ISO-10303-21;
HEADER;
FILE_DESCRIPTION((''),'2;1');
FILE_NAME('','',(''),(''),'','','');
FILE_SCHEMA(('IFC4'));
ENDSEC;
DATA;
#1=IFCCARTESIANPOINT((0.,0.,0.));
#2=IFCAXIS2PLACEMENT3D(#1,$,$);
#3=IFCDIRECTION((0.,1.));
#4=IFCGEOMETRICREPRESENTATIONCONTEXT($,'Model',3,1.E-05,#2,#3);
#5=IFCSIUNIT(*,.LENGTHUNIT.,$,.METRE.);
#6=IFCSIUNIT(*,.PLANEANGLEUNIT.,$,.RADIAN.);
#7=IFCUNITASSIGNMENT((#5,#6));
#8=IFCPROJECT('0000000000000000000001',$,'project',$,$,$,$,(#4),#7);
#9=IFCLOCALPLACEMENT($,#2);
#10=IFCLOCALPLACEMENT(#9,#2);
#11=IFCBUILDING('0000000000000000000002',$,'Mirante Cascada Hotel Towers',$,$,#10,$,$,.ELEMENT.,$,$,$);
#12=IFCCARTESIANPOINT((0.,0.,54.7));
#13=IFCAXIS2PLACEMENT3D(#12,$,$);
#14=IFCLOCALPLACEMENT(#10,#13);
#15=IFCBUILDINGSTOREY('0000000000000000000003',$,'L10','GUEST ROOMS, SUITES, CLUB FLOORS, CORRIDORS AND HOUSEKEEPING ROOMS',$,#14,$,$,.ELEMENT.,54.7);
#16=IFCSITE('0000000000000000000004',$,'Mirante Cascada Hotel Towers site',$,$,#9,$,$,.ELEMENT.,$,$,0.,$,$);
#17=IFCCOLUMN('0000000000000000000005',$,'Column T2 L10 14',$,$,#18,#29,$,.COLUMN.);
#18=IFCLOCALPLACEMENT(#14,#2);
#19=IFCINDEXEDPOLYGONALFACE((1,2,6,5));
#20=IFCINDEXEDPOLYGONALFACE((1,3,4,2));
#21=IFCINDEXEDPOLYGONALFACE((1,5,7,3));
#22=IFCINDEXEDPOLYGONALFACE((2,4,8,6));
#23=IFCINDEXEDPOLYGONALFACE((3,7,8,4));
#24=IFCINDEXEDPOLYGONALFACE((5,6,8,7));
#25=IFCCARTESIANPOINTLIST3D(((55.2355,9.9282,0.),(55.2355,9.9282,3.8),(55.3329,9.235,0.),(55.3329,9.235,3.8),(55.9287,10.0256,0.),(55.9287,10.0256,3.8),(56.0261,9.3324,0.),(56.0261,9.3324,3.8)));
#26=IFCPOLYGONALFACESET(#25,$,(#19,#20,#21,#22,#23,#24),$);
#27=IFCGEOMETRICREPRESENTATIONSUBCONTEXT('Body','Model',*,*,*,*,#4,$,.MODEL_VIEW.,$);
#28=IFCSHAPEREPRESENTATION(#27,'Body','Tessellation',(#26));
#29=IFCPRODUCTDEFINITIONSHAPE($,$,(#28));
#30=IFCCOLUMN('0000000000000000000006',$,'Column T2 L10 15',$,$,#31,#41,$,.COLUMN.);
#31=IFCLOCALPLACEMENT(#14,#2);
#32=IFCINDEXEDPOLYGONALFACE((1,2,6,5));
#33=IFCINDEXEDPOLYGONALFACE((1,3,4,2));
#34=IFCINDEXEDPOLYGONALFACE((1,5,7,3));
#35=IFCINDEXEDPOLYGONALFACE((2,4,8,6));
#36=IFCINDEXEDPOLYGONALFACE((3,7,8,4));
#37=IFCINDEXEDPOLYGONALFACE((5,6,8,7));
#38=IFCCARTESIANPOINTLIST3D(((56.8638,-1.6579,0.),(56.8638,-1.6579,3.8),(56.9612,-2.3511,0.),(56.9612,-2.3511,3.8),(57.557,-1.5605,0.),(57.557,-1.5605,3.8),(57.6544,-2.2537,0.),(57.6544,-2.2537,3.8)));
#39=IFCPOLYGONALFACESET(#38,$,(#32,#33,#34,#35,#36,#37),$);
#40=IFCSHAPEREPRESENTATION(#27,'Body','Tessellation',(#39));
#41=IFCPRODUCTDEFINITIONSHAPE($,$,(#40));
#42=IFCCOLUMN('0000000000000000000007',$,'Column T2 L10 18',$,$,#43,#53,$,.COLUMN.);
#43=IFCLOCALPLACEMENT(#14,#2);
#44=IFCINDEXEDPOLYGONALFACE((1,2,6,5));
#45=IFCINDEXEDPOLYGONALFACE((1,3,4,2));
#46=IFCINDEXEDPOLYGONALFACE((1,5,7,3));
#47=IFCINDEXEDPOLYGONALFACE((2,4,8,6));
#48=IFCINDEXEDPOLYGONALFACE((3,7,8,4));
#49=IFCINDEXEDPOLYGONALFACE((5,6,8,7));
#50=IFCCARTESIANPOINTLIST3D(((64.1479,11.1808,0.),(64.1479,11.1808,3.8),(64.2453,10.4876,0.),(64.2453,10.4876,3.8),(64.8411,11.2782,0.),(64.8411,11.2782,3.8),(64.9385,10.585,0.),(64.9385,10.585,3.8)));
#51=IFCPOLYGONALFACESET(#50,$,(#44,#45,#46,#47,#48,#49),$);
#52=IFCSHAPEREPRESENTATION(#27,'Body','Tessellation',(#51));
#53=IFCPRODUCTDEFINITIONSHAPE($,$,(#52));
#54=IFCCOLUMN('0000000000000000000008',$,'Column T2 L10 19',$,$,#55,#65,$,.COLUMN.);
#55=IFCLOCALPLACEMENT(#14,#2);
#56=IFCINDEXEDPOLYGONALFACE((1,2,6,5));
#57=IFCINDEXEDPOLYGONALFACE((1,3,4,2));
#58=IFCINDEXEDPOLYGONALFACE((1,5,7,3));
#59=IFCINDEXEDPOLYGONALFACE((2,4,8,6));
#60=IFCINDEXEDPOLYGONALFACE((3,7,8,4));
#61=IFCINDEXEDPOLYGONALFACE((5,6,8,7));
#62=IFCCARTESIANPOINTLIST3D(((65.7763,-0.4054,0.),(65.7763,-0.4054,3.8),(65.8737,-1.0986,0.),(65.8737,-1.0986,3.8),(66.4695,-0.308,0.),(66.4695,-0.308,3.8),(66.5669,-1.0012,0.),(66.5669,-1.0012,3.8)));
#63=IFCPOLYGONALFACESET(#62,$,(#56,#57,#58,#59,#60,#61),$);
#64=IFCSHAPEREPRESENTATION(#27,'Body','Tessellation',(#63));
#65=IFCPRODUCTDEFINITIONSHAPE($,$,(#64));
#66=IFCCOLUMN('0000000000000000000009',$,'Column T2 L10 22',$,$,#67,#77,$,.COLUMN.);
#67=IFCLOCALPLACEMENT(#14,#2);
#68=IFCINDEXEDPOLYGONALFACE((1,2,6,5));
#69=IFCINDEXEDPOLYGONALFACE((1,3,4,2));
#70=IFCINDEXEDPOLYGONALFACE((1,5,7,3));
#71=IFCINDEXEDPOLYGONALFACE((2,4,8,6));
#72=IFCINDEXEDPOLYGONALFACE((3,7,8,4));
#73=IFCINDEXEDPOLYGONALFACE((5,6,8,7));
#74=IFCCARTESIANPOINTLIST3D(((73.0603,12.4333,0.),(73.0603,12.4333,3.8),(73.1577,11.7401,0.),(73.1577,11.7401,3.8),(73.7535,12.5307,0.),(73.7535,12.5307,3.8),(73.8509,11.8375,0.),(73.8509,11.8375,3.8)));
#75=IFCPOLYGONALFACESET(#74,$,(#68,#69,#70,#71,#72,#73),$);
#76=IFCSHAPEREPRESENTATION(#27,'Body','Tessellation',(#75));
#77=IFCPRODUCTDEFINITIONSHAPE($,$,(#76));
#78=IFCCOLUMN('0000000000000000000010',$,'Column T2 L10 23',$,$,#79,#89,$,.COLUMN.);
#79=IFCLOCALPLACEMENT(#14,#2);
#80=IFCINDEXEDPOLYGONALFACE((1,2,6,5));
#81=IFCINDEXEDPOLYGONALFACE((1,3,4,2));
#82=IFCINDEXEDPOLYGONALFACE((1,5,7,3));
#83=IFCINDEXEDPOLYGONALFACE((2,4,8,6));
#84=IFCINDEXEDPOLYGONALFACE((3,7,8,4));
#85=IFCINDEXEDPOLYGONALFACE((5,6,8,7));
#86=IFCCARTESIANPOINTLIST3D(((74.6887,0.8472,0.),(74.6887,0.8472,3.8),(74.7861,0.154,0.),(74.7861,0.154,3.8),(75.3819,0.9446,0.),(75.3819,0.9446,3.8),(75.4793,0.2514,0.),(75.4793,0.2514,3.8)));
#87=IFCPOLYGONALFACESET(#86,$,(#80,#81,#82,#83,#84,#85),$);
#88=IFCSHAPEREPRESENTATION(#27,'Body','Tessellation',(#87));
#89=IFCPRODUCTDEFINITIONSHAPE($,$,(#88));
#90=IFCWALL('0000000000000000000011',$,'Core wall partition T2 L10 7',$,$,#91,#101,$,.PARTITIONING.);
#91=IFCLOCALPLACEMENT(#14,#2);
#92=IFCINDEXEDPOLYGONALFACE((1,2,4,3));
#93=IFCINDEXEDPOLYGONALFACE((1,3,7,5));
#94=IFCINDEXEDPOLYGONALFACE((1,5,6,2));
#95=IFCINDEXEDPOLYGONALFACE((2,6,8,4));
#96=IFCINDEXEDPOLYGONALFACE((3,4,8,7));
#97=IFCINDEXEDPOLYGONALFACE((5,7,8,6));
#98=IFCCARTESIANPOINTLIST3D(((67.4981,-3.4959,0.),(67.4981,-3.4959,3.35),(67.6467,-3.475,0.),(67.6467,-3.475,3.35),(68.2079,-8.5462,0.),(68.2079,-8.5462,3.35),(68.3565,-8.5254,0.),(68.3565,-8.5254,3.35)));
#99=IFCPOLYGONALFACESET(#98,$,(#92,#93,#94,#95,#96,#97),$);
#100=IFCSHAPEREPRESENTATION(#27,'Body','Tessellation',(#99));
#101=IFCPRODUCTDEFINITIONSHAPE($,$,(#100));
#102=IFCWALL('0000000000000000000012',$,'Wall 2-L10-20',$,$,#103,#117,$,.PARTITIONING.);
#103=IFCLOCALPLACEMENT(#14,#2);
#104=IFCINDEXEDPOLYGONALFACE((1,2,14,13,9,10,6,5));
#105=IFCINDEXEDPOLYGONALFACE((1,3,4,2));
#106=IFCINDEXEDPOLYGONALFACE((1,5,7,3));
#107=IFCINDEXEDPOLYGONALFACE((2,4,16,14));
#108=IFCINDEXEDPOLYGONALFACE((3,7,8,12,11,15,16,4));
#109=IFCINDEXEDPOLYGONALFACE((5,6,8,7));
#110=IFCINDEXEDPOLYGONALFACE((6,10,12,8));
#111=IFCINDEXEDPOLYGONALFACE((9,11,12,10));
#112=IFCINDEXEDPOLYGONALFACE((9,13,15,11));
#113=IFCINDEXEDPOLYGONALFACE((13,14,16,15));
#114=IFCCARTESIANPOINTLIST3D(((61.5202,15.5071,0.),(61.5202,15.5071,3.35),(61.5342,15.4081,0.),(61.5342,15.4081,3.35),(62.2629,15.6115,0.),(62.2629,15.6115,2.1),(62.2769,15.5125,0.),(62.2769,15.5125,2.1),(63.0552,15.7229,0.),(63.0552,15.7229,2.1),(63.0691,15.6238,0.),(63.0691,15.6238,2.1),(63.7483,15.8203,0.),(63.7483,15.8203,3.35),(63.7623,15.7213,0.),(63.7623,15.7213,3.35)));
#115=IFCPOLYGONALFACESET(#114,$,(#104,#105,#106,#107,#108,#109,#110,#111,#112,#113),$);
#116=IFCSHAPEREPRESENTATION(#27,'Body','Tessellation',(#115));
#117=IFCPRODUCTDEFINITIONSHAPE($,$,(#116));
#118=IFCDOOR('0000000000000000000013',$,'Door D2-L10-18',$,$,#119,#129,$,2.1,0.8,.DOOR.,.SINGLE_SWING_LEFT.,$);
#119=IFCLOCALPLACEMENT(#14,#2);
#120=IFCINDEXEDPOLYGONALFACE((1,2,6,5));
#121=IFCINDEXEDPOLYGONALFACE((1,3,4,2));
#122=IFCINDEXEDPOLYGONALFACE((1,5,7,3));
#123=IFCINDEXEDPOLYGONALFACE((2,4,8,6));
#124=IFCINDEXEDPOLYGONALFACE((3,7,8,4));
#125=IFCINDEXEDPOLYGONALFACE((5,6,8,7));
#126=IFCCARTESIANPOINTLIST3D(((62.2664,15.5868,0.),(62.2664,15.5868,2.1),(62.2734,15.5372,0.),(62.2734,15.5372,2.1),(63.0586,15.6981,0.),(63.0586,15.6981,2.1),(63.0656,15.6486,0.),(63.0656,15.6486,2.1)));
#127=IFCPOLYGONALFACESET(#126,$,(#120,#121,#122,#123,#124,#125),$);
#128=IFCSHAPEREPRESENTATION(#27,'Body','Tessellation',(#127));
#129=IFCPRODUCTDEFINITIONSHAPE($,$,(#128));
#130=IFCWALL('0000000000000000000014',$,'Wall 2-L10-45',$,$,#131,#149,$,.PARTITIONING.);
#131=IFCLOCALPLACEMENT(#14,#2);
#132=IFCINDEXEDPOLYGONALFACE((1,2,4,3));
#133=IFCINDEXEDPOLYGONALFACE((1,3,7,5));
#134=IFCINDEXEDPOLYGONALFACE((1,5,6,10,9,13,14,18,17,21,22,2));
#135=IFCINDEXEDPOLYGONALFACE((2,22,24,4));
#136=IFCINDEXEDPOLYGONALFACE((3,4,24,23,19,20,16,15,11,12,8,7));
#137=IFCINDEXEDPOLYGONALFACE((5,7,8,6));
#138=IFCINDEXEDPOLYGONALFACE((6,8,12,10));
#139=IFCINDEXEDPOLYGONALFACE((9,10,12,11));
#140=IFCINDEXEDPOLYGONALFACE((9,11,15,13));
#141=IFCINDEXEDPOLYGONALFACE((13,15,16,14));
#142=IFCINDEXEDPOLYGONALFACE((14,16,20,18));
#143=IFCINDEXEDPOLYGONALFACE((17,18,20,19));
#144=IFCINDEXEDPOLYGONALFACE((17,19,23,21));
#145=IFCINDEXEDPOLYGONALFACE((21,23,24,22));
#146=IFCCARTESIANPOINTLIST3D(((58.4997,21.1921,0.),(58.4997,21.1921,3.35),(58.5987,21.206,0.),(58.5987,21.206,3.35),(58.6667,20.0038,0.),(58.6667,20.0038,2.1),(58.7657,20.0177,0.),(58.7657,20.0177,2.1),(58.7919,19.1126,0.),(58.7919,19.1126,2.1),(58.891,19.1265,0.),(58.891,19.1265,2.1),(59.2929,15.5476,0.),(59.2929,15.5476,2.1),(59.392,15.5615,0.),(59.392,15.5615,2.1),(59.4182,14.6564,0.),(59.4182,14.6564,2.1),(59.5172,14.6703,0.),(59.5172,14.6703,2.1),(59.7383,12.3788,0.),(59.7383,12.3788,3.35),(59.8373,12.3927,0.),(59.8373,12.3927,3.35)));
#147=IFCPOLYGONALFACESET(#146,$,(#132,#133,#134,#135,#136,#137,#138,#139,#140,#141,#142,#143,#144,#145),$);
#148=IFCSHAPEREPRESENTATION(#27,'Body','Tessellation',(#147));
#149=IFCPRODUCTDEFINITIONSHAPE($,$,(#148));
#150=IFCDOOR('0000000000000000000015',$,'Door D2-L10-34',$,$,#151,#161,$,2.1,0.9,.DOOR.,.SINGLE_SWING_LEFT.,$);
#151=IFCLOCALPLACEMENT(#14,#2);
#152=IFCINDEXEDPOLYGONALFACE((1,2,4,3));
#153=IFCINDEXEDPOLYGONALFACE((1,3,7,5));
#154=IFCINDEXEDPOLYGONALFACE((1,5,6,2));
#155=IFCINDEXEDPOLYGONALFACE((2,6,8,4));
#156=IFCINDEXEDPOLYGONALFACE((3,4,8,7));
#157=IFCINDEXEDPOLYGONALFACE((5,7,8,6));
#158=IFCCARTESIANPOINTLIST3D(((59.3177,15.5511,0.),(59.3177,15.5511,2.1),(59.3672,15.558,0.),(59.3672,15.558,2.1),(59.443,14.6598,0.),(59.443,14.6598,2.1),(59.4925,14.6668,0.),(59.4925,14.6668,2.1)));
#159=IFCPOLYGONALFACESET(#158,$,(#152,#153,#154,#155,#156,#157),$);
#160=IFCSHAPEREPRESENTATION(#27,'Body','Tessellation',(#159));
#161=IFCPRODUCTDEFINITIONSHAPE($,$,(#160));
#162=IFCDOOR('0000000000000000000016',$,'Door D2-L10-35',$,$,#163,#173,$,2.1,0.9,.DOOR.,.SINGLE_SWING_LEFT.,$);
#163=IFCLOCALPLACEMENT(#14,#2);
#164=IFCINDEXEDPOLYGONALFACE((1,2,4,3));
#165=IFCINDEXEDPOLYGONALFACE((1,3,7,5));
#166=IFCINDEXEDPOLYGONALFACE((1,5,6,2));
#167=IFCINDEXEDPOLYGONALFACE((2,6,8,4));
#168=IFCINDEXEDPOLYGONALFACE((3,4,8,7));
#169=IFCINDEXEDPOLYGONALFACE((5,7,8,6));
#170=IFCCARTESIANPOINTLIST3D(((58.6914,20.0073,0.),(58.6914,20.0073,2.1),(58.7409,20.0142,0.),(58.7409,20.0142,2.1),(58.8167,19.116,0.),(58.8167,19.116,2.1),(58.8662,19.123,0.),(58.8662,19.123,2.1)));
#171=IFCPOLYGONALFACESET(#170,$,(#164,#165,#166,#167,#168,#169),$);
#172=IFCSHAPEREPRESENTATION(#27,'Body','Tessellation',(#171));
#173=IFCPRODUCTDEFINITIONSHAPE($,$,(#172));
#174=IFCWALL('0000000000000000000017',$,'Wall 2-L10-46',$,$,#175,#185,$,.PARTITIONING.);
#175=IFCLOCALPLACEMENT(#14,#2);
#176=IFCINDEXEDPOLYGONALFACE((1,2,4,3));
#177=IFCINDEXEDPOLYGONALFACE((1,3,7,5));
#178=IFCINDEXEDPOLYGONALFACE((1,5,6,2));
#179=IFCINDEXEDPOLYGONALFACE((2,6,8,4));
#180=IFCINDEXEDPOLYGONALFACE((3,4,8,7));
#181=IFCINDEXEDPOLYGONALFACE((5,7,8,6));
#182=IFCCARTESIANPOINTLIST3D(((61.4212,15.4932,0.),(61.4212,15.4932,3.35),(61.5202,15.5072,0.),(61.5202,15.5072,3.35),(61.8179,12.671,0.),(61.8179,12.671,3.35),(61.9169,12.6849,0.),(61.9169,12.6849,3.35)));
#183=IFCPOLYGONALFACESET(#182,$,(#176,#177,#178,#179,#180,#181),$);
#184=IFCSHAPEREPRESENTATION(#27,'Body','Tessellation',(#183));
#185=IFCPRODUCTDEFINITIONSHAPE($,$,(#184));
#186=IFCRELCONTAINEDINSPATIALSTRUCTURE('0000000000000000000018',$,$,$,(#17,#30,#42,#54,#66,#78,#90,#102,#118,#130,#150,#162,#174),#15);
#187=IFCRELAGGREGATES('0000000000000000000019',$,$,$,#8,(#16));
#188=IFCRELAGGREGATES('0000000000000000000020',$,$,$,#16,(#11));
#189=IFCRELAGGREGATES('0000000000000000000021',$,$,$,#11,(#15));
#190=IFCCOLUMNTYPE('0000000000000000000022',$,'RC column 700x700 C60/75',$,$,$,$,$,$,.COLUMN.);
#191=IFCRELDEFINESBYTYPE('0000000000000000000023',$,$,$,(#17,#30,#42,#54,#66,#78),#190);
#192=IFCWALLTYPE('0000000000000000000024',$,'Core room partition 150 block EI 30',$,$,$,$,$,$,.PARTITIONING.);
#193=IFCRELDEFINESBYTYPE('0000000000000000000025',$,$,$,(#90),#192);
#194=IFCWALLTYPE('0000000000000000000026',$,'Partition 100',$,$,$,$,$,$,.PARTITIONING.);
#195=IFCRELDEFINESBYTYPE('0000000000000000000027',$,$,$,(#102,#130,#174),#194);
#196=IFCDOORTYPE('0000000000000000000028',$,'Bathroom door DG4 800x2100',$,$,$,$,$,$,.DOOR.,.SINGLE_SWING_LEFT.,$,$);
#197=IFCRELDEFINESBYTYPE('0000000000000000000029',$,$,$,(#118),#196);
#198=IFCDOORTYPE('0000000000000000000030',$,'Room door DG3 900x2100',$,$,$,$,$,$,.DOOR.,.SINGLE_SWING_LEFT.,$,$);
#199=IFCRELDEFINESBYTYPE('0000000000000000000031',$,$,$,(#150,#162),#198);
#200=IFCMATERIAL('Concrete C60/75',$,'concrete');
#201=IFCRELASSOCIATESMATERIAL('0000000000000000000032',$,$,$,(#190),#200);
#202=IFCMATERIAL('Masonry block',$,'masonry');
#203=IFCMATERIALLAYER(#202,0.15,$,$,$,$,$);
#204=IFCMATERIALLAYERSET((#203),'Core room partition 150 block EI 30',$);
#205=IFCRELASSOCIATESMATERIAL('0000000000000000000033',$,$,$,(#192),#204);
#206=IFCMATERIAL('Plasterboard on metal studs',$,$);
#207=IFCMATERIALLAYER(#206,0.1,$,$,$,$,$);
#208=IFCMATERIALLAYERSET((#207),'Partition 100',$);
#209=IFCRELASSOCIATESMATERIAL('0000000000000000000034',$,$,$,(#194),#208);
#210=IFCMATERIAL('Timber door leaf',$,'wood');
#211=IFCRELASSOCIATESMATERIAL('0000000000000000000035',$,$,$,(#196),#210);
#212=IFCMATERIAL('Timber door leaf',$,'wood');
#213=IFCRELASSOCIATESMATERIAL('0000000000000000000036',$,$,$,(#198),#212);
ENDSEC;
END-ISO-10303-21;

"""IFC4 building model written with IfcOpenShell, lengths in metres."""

from ifc_helpers import new_model, si_unit, direction, frame, frame_2d, origin, origin_2d, place, context, subcontext, project, spatial, rectangle, extrude, material, layer, layer_set, material_profile, profile_set, type_object, element, fill, save


model = new_model("IFC4")

# Units and contexts
model_context = context("Model", 3, precision=1e-05, world=origin(), true_north=direction((0.0, 1.0)))
body_context = subcontext(model_context, "Body", "Model", "MODEL_VIEW")
ifc_project = project(units=[si_unit("LENGTHUNIT", "METRE"), si_unit("PLANEANGLEUNIT", "RADIAN")], contexts=[model_context])

# Site, building, storey
site_placement = place(None, origin())
site = spatial("IfcSite", under=ifc_project, at=site_placement, Name="Mirante Cascada Hotel Towers site", CompositionType="ELEMENT", RefElevation=0.0)
building_placement = place(site_placement, origin())
building = spatial("IfcBuilding", under=site, at=building_placement, Name="Mirante Cascada Hotel Towers", CompositionType="ELEMENT")
storey_placement = place(building_placement, frame((0.0, 0.0, 54.7)))
storey = spatial("IfcBuildingStorey", under=building, at=storey_placement, Name="L10", Description="GUEST ROOMS, SUITES, CLUB FLOORS, CORRIDORS AND HOUSEKEEPING ROOMS", CompositionType="ELEMENT", Elevation=54.7)

# Columns
ifc_material_1 = material(Name="Concrete C60/75", Category="concrete")
ifc_material_profile = material_profile(ifc_material_1, rectangle(XDim=0.7, YDim=0.7, at=origin_2d()), Name="RC column 700x700 C60/75")
ifc_profile_set = profile_set([ifc_material_profile], Name="Concrete C60/75")
column_type = type_object("IfcColumnType", Name="RC column 700x700 C60/75", PredefinedType="COLUMN", material=ifc_profile_set)
for number, where, z_axis, x_axis, name in (
    (1, (55.6308, 9.6303, 0.0), (0.0, 0.0, 1.0), (0.990268, 0.139173, 0.0), "Column T2 L10 14"),
    (2, (57.2591, -1.9558, 0.0), (0.0, 0.0, 1.0), (0.990268, 0.139173, 0.0), "Column T2 L10 15"),
    (3, (64.5432, 10.8829, 0.0), (0.0, 0.0, 1.0), (0.990268, 0.139173, 0.0), "Column T2 L10 18"),
    (4, (66.1716, -0.7033, 0.0), (0.0, 0.0, 1.0), (0.990268, 0.139173, 0.0), "Column T2 L10 19"),
    (5, (73.4556, 12.1354, 0.0), (0.0, 0.0, 1.0), (0.990268, 0.139173, 0.0), "Column T2 L10 22"),
    (6, (75.084, 0.5493, 0.0), (0.0, 0.0, 1.0), (0.990268, 0.139173, 0.0), "Column T2 L10 23"),
):
    element("IfcColumn", number, at=place(storey_placement, frame(where, z_axis=z_axis, x_axis=x_axis)), inside=storey, type_object=column_type, Name=name, PredefinedType="COLUMN", context=body_context, shape_type="SweptSolid", body=[
        extrude(rectangle(XDim=0.7, YDim=0.7, at=origin_2d()), origin(), (0.0, 0.0, 1.0), 3.8),
    ])

# Wall
ifc_material_2 = material(Name="Masonry block", Category="masonry")
ifc_layer_1 = layer(ifc_material_2, 0.15)
ifc_layer_set_1 = layer_set([ifc_layer_1], Name="Core room partition 150 block EI 30")
wall_type_1 = type_object("IfcWallType", Name="Core room partition 150 block EI 30", PredefinedType="PARTITIONING", material=ifc_layer_set_1)
wall_1_placement = place(storey_placement, frame((68.2822, -8.5358, 0.0), z_axis=(0.0, 0.0, 1.0), x_axis=(-0.139176, 0.990268, 0.0)))
element("IfcWall", 7, at=wall_1_placement, inside=storey, type_object=wall_type_1, Name="Core wall partition T2 L10 7", PredefinedType="PARTITIONING", context=body_context, shape_type="SweptSolid", body=[
    extrude(rectangle(XDim=5.1, YDim=0.15, at=frame_2d((2.55, 0.0))), origin(), (0.0, 0.0, 1.0), 3.35),
])

# Wall, opening, door
ifc_material_3 = material(Name="Plasterboard on metal studs")
ifc_layer_2 = layer(ifc_material_3, 0.1)
ifc_layer_set_2 = layer_set([ifc_layer_2], Name="Partition 100")
wall_type_2 = type_object("IfcWallType", Name="Partition 100", PredefinedType="PARTITIONING", material=ifc_layer_set_2)
wall_2_placement = place(storey_placement, frame((63.7553, 15.7708, 0.0), z_axis=(0.0, 0.0, 1.0), x_axis=(-0.990264, -0.1392, 0.0)))
wall_2 = element("IfcWall", 8, at=wall_2_placement, inside=storey, type_object=wall_type_2, Name="Wall 2-L10-20", PredefinedType="PARTITIONING", context=body_context, shape_type="SweptSolid", body=[
    extrude(rectangle(XDim=2.25, YDim=0.1, at=frame_2d((1.125, 0.0))), origin(), (0.0, 0.0, 1.0), 3.35),
])
opening_1_placement = place(wall_2_placement, frame((0.7, 0.0, 0.0)))
opening_1 = element("IfcOpeningElement", 9, at=opening_1_placement, cuts=wall_2, PredefinedType="OPENING", context=body_context, shape_type="SweptSolid", body=[
    extrude(rectangle(XDim=0.8, YDim=2.1, at=frame_2d((0.4, 1.05))), frame((0.0, 0.05, 0.0), z_axis=(0.0, -1.0, 0.0), x_axis=(1.0, 0.0, 0.0)), (0.0, 0.0, 1.0), 0.1),
])
ifc_material_4 = material(Name="Timber door leaf", Category="wood")
door_type_1 = type_object("IfcDoorType", Name="Bathroom door DG4 800x2100", OperationType="SINGLE_SWING_LEFT", PredefinedType="DOOR", material=ifc_material_4)
door_1_placement = place(opening_1_placement, origin())
door_1 = element("IfcDoor", 10, at=door_1_placement, inside=storey, type_object=door_type_1, Name="Door D2-L10-18", OperationType="SINGLE_SWING_LEFT", OverallHeight=2.1, OverallWidth=0.8, PredefinedType="DOOR", context=body_context, shape_type="SweptSolid", body=[
    extrude(rectangle(XDim=0.8, YDim=2.1, at=frame_2d((0.4, 1.05))), frame((0.0, 0.025, 0.0), z_axis=(0.0, -1.0, 0.0), x_axis=(1.0, 0.0, 0.0)), (0.0, 0.0, 1.0), 0.05),
])
fill(opening_1, door_1)

# Wall, openings, doors
wall_3_placement = place(storey_placement, frame((59.7878, 12.3857, 0.0), z_axis=(0.0, 0.0, 1.0), x_axis=(-0.13917, 0.990268, 0.0)))
wall_3 = element("IfcWall", 11, at=wall_3_placement, inside=storey, type_object=wall_type_2, Name="Wall 2-L10-45", PredefinedType="PARTITIONING", context=body_context, shape_type="SweptSolid", body=[
    extrude(rectangle(XDim=8.8999, YDim=0.1, at=frame_2d((4.45, 0.0))), origin(), (0.0, 0.0, 1.0), 3.35),
])
opening_2_placement = place(wall_3_placement, frame((2.3, 0.0, 0.0)))
opening_2 = element("IfcOpeningElement", 12, at=opening_2_placement, cuts=wall_3, PredefinedType="OPENING", context=body_context, shape_type="SweptSolid", body=[
    extrude(rectangle(XDim=0.9, YDim=2.1, at=frame_2d((0.45, 1.05))), frame((0.0, 0.05, 0.0), z_axis=(0.0, -1.0, 0.0), x_axis=(1.0, 0.0, 0.0)), (0.0, 0.0, 1.0), 0.1),
])
opening_3_placement = place(wall_3_placement, frame((6.8, 0.0, 0.0)))
opening_3 = element("IfcOpeningElement", 13, at=opening_3_placement, cuts=wall_3, PredefinedType="OPENING", context=body_context, shape_type="SweptSolid", body=[
    extrude(rectangle(XDim=0.9, YDim=2.1, at=frame_2d((0.45, 1.05))), frame((0.0, 0.05, 0.0), z_axis=(0.0, -1.0, 0.0), x_axis=(1.0, 0.0, 0.0)), (0.0, 0.0, 1.0), 0.1),
])
ifc_material_5 = material(Name="Timber door leaf", Category="wood")
door_type_2 = type_object("IfcDoorType", Name="Room door DG3 900x2100", OperationType="SINGLE_SWING_LEFT", PredefinedType="DOOR", material=ifc_material_5)
door_2_placement = place(opening_2_placement, origin())
door_2 = element("IfcDoor", 14, at=door_2_placement, inside=storey, type_object=door_type_2, Name="Door D2-L10-34", OperationType="SINGLE_SWING_LEFT", OverallHeight=2.1, OverallWidth=0.9, PredefinedType="DOOR", context=body_context, shape_type="SweptSolid", body=[
    extrude(rectangle(XDim=0.9, YDim=2.1, at=frame_2d((0.45, 1.05))), frame((0.0, 0.025, 0.0), z_axis=(0.0, -1.0, 0.0), x_axis=(1.0, 0.0, 0.0)), (0.0, 0.0, 1.0), 0.05),
])
fill(opening_2, door_2)
door_3_placement = place(opening_3_placement, origin())
door_3 = element("IfcDoor", 15, at=door_3_placement, inside=storey, type_object=door_type_2, Name="Door D2-L10-35", OperationType="SINGLE_SWING_LEFT", OverallHeight=2.1, OverallWidth=0.9, PredefinedType="DOOR", context=body_context, shape_type="SweptSolid", body=[
    extrude(rectangle(XDim=0.9, YDim=2.1, at=frame_2d((0.45, 1.05))), frame((0.0, 0.025, 0.0), z_axis=(0.0, -1.0, 0.0), x_axis=(1.0, 0.0, 0.0)), (0.0, 0.0, 1.0), 0.05),
])
fill(opening_3, door_3)

# Wall
wall_4_placement = place(storey_placement, frame((61.4707, 15.5002, 0.0), z_axis=(0.0, 0.0, 1.0), x_axis=(0.139191, -0.990266, 0.0)))
element("IfcWall", 16, at=wall_4_placement, inside=storey, type_object=wall_type_2, Name="Wall 2-L10-46", PredefinedType="PARTITIONING", context=body_context, shape_type="SweptSolid", body=[
    extrude(rectangle(XDim=2.85, YDim=0.1, at=frame_2d((1.425, 0.0))), origin(), (0.0, 0.0, 1.0), 3.35),
])

save(model, "model.ifc")
